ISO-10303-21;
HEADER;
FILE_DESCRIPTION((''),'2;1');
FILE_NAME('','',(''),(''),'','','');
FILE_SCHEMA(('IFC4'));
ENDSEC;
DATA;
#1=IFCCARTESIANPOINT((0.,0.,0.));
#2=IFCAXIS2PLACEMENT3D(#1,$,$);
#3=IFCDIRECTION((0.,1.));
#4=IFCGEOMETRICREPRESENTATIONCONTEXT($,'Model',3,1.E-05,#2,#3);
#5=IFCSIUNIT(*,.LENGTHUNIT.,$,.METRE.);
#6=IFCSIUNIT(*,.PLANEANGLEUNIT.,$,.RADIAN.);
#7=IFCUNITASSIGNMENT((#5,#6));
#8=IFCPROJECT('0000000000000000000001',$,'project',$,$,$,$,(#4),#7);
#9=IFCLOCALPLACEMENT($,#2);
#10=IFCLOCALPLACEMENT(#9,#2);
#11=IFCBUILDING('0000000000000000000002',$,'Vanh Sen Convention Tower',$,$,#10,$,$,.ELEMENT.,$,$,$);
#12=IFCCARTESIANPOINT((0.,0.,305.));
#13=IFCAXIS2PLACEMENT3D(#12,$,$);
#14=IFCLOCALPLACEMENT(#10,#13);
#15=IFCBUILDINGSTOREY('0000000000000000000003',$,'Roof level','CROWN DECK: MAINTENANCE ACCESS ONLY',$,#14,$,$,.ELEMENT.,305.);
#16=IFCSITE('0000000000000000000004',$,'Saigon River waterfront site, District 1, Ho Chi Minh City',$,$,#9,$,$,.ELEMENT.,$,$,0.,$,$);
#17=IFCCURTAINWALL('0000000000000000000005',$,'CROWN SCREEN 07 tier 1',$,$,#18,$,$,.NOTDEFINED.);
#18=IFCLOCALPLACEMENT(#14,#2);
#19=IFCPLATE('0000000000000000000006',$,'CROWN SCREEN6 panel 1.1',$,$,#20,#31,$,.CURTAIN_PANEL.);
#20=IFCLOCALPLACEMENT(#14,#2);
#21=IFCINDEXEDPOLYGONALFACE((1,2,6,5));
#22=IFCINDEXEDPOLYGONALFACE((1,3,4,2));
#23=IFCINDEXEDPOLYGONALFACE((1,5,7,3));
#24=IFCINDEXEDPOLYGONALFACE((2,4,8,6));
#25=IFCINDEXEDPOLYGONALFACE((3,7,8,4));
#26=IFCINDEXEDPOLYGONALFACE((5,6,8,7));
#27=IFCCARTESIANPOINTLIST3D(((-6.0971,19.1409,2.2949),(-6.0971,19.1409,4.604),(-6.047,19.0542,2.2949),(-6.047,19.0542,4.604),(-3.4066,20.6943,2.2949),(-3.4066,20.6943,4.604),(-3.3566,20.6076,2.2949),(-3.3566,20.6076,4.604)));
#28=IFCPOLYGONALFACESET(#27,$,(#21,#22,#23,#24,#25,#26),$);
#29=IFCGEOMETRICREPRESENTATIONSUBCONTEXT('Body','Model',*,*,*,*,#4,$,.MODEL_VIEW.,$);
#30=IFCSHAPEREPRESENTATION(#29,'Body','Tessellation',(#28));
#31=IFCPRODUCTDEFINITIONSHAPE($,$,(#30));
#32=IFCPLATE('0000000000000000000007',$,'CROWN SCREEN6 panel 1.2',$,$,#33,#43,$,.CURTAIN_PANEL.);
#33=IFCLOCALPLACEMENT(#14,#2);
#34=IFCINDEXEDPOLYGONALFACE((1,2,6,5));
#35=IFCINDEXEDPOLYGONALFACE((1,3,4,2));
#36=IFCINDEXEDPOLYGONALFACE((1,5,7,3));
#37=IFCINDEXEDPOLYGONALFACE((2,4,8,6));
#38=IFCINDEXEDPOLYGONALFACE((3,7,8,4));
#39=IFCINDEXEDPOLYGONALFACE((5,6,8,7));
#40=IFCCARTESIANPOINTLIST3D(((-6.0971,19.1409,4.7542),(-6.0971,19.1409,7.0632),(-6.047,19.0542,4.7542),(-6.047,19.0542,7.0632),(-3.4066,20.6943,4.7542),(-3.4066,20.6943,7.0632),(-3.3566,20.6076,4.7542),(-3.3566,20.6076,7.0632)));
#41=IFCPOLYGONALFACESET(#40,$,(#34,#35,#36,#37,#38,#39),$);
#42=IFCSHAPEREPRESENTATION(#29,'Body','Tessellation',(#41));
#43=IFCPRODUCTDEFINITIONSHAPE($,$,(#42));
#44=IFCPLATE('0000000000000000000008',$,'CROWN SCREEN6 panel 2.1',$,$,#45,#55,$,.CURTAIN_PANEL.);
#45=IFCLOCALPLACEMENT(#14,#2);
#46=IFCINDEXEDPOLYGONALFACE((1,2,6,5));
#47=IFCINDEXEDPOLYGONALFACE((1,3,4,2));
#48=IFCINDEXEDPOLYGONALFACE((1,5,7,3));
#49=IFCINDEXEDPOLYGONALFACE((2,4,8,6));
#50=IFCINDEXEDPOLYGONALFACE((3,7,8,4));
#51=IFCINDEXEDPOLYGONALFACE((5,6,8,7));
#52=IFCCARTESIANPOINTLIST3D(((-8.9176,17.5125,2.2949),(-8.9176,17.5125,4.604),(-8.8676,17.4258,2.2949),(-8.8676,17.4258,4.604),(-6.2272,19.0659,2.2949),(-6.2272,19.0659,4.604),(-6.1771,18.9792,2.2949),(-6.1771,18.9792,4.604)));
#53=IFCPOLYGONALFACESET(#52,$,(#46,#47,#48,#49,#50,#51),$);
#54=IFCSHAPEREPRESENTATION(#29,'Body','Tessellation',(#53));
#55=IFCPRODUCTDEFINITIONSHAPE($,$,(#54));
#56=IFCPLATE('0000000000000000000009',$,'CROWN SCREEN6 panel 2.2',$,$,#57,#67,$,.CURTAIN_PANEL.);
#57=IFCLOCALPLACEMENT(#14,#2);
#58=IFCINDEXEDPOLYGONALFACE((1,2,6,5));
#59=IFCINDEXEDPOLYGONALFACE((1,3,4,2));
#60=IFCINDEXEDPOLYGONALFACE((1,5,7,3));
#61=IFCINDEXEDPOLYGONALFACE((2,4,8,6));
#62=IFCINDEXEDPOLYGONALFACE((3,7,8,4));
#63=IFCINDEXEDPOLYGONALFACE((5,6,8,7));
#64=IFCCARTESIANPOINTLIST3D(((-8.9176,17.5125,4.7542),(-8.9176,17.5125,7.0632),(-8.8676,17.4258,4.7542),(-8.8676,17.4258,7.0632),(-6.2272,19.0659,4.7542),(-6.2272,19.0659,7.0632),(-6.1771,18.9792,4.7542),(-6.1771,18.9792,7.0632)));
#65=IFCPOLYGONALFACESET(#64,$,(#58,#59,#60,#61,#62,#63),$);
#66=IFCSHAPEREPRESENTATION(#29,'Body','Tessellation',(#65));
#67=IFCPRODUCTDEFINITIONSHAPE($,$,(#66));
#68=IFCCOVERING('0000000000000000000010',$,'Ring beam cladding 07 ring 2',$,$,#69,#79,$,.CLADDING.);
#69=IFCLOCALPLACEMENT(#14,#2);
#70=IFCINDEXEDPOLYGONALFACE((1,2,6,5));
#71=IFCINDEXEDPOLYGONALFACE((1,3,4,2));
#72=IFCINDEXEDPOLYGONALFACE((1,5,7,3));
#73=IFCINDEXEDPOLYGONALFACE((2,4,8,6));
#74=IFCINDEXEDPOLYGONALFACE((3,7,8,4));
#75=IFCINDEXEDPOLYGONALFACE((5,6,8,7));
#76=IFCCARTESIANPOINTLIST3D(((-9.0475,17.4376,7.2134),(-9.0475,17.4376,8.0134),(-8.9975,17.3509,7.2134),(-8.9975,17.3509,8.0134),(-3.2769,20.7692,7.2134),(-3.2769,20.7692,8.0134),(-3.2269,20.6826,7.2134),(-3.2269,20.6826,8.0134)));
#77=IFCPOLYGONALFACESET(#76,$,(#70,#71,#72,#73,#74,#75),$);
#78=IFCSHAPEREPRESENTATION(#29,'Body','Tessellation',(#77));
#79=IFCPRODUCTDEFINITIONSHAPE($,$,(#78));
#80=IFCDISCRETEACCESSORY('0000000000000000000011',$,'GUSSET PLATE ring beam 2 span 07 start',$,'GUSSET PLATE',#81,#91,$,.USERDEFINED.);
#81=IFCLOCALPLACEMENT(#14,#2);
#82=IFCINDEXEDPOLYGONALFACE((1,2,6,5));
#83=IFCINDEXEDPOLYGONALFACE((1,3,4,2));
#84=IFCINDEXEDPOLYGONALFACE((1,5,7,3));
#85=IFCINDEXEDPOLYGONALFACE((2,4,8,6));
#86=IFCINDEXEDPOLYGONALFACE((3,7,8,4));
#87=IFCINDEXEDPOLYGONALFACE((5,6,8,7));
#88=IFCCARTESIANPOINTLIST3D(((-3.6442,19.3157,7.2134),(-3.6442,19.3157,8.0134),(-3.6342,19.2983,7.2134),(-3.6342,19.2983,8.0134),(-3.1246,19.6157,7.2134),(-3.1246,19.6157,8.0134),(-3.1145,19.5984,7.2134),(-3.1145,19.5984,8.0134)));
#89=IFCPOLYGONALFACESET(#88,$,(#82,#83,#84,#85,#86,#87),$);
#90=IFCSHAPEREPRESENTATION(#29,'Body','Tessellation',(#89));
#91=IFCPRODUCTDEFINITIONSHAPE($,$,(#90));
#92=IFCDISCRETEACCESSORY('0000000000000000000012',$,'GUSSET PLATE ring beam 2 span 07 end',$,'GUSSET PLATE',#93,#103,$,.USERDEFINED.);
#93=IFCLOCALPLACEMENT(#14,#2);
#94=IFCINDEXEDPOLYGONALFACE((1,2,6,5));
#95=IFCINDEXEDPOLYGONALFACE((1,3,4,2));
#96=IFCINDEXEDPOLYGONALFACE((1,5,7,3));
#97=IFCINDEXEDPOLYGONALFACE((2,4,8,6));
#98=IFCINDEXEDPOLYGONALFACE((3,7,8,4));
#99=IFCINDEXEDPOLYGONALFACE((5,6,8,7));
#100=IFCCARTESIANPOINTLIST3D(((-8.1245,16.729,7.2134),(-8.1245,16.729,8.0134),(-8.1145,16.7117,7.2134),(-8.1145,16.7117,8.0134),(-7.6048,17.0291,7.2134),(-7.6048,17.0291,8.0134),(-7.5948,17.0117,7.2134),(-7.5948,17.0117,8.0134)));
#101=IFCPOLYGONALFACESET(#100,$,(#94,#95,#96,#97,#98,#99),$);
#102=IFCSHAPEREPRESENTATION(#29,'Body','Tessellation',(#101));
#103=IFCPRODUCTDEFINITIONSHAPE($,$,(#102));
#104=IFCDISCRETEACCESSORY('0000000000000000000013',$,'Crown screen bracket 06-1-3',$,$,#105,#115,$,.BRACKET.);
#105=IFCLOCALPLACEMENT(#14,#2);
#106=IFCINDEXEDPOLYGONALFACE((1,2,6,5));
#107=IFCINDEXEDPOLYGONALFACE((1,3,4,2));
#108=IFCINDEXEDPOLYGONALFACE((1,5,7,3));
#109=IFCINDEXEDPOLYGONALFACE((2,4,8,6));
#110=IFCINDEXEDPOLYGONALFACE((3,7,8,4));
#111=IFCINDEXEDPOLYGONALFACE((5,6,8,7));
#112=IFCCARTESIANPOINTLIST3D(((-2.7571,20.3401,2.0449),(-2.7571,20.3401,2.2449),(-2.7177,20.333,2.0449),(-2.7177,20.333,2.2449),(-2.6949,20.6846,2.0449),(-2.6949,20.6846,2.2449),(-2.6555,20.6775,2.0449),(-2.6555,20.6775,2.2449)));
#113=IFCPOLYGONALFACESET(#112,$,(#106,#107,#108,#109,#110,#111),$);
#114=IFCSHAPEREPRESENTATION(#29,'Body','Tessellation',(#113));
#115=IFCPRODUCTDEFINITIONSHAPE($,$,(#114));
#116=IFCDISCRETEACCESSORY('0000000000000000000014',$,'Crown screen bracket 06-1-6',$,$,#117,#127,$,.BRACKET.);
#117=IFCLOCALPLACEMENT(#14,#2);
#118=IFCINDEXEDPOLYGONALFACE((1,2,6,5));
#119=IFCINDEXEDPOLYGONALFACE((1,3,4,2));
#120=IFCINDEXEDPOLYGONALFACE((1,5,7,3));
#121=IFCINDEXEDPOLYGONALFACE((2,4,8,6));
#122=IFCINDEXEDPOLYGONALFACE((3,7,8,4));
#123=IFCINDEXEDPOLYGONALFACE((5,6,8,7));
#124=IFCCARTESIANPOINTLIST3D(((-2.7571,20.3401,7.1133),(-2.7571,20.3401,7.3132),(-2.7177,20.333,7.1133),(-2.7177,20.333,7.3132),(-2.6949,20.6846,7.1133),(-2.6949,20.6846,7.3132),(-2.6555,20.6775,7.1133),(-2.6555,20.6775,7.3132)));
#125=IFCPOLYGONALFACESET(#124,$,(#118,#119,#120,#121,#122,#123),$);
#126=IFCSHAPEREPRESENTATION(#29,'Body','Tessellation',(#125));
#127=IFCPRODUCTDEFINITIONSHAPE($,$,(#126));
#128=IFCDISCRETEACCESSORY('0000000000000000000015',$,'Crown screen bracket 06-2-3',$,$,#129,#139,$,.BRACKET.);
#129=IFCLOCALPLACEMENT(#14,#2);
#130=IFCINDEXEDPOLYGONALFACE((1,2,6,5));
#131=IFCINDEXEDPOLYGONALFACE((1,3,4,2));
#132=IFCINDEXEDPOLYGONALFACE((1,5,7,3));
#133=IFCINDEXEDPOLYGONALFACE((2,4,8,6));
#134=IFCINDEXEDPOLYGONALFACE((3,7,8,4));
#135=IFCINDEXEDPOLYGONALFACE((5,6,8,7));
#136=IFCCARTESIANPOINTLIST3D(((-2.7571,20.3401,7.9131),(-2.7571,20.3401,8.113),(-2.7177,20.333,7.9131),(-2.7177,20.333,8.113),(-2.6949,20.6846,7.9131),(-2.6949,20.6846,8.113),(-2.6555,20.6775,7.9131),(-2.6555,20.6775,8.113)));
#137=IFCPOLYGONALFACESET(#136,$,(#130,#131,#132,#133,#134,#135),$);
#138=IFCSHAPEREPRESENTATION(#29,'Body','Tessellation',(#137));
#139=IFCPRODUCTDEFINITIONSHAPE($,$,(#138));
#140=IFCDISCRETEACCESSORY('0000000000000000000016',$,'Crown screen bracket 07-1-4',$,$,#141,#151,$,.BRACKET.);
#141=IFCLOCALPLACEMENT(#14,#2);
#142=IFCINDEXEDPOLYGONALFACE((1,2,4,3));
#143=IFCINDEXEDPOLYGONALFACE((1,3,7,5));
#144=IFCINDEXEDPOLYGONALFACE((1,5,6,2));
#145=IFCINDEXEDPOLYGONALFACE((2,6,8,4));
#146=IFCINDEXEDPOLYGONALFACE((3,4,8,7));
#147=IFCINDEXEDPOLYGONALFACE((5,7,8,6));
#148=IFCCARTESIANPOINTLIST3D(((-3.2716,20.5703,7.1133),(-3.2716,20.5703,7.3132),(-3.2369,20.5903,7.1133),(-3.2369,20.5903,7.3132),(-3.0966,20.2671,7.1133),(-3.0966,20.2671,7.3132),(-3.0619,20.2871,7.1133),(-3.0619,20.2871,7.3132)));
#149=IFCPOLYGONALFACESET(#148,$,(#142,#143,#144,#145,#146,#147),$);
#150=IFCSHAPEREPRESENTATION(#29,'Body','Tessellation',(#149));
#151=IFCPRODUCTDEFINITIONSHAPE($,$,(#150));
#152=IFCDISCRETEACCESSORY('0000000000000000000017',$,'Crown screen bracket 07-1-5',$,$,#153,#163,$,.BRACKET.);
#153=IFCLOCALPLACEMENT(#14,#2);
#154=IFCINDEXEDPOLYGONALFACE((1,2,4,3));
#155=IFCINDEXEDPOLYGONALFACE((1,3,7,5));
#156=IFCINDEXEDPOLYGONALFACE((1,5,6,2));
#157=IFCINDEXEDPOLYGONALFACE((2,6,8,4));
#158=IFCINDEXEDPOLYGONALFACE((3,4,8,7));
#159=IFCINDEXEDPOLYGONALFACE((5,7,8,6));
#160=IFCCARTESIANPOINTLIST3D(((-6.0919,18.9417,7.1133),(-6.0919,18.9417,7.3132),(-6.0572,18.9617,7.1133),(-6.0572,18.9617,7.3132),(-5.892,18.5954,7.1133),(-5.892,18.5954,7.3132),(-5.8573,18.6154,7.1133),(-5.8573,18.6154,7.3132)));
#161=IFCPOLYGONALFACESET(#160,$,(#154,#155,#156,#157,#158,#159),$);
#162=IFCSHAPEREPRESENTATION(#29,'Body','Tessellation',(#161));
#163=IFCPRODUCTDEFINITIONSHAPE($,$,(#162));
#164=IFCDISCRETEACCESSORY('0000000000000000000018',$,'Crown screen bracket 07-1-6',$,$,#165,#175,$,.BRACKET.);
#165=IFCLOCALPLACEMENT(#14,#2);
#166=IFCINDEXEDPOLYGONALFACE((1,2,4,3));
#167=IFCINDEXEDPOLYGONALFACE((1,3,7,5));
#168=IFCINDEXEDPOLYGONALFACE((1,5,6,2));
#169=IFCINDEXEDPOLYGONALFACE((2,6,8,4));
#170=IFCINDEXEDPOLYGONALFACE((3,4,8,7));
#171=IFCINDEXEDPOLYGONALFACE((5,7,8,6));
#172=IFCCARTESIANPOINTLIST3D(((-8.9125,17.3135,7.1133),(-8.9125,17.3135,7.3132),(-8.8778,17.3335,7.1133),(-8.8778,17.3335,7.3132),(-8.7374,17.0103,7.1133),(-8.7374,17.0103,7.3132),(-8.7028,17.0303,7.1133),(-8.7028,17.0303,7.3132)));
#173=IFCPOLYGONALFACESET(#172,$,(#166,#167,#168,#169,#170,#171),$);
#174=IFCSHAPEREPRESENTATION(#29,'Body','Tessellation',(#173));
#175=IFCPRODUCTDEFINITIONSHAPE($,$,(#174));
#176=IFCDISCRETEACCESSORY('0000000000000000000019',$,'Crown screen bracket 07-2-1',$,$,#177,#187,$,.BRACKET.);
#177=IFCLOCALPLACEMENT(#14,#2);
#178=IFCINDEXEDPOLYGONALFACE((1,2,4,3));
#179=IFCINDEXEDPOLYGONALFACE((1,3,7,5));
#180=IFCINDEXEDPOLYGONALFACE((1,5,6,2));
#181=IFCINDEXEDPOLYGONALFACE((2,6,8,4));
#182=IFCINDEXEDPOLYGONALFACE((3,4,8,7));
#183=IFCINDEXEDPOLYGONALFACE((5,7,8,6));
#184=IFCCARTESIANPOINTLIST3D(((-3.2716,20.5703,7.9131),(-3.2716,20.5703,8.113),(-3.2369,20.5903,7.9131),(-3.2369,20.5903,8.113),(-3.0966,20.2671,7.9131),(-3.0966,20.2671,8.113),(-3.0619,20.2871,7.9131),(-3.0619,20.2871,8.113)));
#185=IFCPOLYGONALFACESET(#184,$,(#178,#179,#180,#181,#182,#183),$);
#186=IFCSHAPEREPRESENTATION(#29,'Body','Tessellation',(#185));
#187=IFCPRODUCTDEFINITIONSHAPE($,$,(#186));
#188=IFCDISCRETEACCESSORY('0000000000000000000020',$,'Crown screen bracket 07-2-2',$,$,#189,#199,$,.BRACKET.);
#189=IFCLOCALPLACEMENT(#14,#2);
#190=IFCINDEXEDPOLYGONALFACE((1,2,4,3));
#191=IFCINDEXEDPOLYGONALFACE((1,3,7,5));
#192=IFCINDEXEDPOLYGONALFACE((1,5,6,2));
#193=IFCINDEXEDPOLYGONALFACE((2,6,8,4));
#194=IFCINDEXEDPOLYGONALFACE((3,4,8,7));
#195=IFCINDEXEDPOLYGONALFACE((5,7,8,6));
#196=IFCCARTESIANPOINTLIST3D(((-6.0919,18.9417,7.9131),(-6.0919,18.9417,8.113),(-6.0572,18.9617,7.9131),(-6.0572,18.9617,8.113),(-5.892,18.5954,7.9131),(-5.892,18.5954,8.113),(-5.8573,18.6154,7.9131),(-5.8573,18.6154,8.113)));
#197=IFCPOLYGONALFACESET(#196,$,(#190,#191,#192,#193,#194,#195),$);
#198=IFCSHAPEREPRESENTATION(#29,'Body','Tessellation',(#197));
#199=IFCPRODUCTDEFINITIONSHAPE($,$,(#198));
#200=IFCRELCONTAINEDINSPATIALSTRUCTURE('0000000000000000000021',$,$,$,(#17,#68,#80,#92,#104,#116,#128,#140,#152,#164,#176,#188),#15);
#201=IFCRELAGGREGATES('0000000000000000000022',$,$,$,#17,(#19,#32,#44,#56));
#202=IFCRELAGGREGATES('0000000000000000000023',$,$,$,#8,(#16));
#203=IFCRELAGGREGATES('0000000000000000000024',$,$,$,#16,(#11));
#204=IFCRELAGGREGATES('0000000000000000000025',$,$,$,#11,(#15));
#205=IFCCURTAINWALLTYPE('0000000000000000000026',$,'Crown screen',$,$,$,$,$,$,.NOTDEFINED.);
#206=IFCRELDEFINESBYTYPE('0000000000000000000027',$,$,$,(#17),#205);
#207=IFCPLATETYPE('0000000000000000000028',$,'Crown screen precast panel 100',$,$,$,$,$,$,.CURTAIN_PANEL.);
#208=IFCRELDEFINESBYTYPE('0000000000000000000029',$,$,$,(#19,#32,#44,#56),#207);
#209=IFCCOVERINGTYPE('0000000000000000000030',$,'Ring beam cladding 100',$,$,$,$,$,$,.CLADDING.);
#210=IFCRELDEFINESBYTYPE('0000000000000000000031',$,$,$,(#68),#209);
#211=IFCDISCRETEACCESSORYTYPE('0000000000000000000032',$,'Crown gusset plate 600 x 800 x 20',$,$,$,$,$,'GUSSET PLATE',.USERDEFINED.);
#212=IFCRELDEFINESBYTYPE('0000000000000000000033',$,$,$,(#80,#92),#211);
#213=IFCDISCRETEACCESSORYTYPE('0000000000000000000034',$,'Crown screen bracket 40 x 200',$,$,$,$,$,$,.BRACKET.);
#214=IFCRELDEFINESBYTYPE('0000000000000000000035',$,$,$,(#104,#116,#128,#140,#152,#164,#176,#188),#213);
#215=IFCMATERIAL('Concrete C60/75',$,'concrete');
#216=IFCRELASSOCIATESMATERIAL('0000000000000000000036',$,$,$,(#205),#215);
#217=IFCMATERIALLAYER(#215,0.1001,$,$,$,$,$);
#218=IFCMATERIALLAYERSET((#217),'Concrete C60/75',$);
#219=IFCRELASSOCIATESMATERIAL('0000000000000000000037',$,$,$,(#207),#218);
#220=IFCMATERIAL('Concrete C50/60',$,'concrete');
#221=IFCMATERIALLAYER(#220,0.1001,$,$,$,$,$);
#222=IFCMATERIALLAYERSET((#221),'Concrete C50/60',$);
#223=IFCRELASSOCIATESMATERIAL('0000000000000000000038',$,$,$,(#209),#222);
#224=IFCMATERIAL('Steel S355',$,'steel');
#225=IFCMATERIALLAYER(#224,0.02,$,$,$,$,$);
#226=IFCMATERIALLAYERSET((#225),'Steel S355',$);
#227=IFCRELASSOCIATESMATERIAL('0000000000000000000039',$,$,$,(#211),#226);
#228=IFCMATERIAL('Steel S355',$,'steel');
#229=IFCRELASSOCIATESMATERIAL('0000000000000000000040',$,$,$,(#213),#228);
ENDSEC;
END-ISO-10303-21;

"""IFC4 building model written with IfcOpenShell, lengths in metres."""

from ifc_helpers import new_model, si_unit, direction, frame, origin, origin_2d, place, context, subcontext, project, spatial, rectangle, extrude, material, layer, layer_set, type_object, element, aggregate, save


model = new_model("IFC4")

# Units and contexts
model_context = context("Model", 3, precision=1e-05, world=origin(), true_north=direction((0.0, 1.0)))
body_context = subcontext(model_context, "Body", "Model", "MODEL_VIEW")
ifc_project = project(units=[si_unit("LENGTHUNIT", "METRE"), si_unit("PLANEANGLEUNIT", "RADIAN")], contexts=[model_context])

# Site, building, storey
site_placement = place(None, origin())
site = spatial("IfcSite", under=ifc_project, at=site_placement, Name="Saigon River waterfront site, District 1, Ho Chi Minh City", CompositionType="ELEMENT", RefElevation=0.0)
building_placement = place(site_placement, origin())
building = spatial("IfcBuilding", under=site, at=building_placement, Name="Vanh Sen Convention Tower", CompositionType="ELEMENT")
storey_placement = place(building_placement, frame((0.0, 0.0, 305.0)))
storey = spatial("IfcBuildingStorey", under=building, at=storey_placement, Name="Roof level", Description="CROWN DECK: MAINTENANCE ACCESS ONLY", CompositionType="ELEMENT", Elevation=305.0)

# Shared definitions
ifc_material_1 = material(Name="Concrete C60/75", Category="concrete")
curtain_wall_type = type_object("IfcCurtainWallType", Name="Crown screen", PredefinedType="NOTDEFINED", material=ifc_material_1)

# Curtain wall, plates
curtain_wall_1_placement = place(storey_placement, origin())
curtain_wall_1 = element("IfcCurtainWall", 1, at=curtain_wall_1_placement, inside=storey, type_object=curtain_wall_type, Name="CROWN SCREEN 07 tier 1", PredefinedType="NOTDEFINED")
ifc_layer_1 = layer(ifc_material_1, 0.1001)
ifc_layer_set_1 = layer_set([ifc_layer_1], Name="Concrete C60/75")
plate_type = type_object("IfcPlateType", Name="Crown screen precast panel 100", PredefinedType="CURTAIN_PANEL", material=ifc_layer_set_1)
plate_1_placement = place(storey_placement, frame((-4.7268, 19.8743, 2.2949), z_axis=(0.0, 0.0, 1.0), x_axis=(-0.866023, -0.500005, 0.0)))
plate_1 = element("IfcPlate", 2, at=plate_1_placement, type_object=plate_type, Name="CROWN SCREEN6 panel 1.1", PredefinedType="CURTAIN_PANEL", context=body_context, shape_type="SweptSolid", body=[
    extrude(rectangle(XDim=3.1067, YDim=0.1001, at=origin_2d()), origin(), (0.0, 0.0, 1.0), 2.3091),
])
plate_2_placement = place(storey_placement, frame((-4.7268, 19.8743, 4.7542), z_axis=(0.0, 0.0, 1.0), x_axis=(-0.866023, -0.500005, 0.0)))
plate_2 = element("IfcPlate", 3, at=plate_2_placement, type_object=plate_type, Name="CROWN SCREEN6 panel 1.2", PredefinedType="CURTAIN_PANEL", context=body_context, shape_type="SweptSolid", body=[
    extrude(rectangle(XDim=3.1067, YDim=0.1001, at=origin_2d()), origin(), (0.0, 0.0, 1.0), 2.3091),
])
plate_3_placement = place(storey_placement, frame((-7.5474, 18.2458, 2.2949), z_axis=(0.0, 0.0, 1.0), x_axis=(-0.866023, -0.500005, 0.0)))
plate_3 = element("IfcPlate", 4, at=plate_3_placement, type_object=plate_type, Name="CROWN SCREEN6 panel 2.1", PredefinedType="CURTAIN_PANEL", context=body_context, shape_type="SweptSolid", body=[
    extrude(rectangle(XDim=3.1067, YDim=0.1001, at=origin_2d()), origin(), (0.0, 0.0, 1.0), 2.3091),
])
plate_4_placement = place(storey_placement, frame((-7.5474, 18.2458, 4.7542), z_axis=(0.0, 0.0, 1.0), x_axis=(-0.866023, -0.500005, 0.0)))
plate_4 = element("IfcPlate", 5, at=plate_4_placement, type_object=plate_type, Name="CROWN SCREEN6 panel 2.2", PredefinedType="CURTAIN_PANEL", context=body_context, shape_type="SweptSolid", body=[
    extrude(rectangle(XDim=3.1067, YDim=0.1001, at=origin_2d()), origin(), (0.0, 0.0, 1.0), 2.3091),
])
aggregate(curtain_wall_1, [plate_1, plate_2, plate_3, plate_4])

# Covering
ifc_material_2 = material(Name="Concrete C50/60", Category="concrete")
ifc_layer_2 = layer(ifc_material_2, 0.1001)
ifc_layer_set_2 = layer_set([ifc_layer_2], Name="Concrete C50/60")
covering_type = type_object("IfcCoveringType", Name="Ring beam cladding 100", PredefinedType="CLADDING", material=ifc_layer_set_2)
covering_placement = place(storey_placement, frame((-6.1372, 19.0601, 7.2134), z_axis=(0.0, 0.0, 1.0), x_axis=(-0.866023, -0.500005, 0.0)))
element("IfcCovering", 6, at=covering_placement, inside=storey, type_object=covering_type, Name="Ring beam cladding 07 ring 2", PredefinedType="CLADDING", context=body_context, shape_type="SweptSolid", body=[
    extrude(rectangle(XDim=6.6633, YDim=0.1001, at=origin_2d()), origin(), (0.0, 0.0, 1.0), 0.8),
])

# Discrete accessories
ifc_material_3 = material(Name="Steel S355", Category="steel")
ifc_layer_3 = layer(ifc_material_3, 0.02)
ifc_layer_set_3 = layer_set([ifc_layer_3], Name="Steel S355")
discrete_accessory_type_1 = type_object("IfcDiscreteAccessoryType", Name="Crown gusset plate 600 x 800 x 20", ElementType="GUSSET PLATE", PredefinedType="USERDEFINED", material=ifc_layer_set_3)
for number, where, z_axis, x_axis, name in (
    (7, (-3.3794, 19.457, 7.2134), (0.0, 0.0, 1.0), (-0.866023, -0.500005, 0.0), "GUSSET PLATE ring beam 2 span 07 start"),
    (8, (-7.8596, 16.8704, 7.2134), (0.0, 0.0, 1.0), (0.866023, 0.500005, 0.0), "GUSSET PLATE ring beam 2 span 07 end"),
):
    element("IfcDiscreteAccessory", number, at=place(storey_placement, frame(where, z_axis=z_axis, x_axis=x_axis)), inside=storey, type_object=discrete_accessory_type_1, Name=name, ObjectType="GUSSET PLATE", PredefinedType="USERDEFINED", context=body_context, shape_type="SweptSolid", body=[
        extrude(rectangle(XDim=0.6001, YDim=0.02, at=origin_2d()), origin(), (0.0, 0.0, 1.0), 0.8),
    ])
ifc_material_4 = material(Name="Steel S355", Category="steel")
discrete_accessory_type_2 = type_object("IfcDiscreteAccessoryType", Name="Crown screen bracket 40 x 200", PredefinedType="BRACKET", material=ifc_material_4)
for number, where, z_axis, x_axis, name in (
    (9, (-2.7063, 20.5088, 2.0449), (0.0, 0.0, 1.0), (0.177495, 0.984122, 0.0), "Crown screen bracket 06-1-3"),
    (10, (-2.7063, 20.5088, 7.1133), (0.0, 0.0, 1.0), (0.177495, 0.984122, 0.0), "Crown screen bracket 06-1-6"),
    (11, (-2.7063, 20.5088, 7.9131), (0.0, 0.0, 1.0), (0.177495, 0.984122, 0.0), "Crown screen bracket 06-2-3"),
    (12, (-3.1667, 20.4287, 7.1133), (0.0, 0.0, 1.0), (-0.500005, 0.866023, 0.0), "Crown screen bracket 07-1-4"),
):
    element("IfcDiscreteAccessory", number, at=place(storey_placement, frame(where, z_axis=z_axis, x_axis=x_axis)), inside=storey, type_object=discrete_accessory_type_2, Name=name, PredefinedType="BRACKET", context=body_context, shape_type="SweptSolid", body=[
        extrude(rectangle(XDim=0.3501, YDim=0.04, at=origin_2d()), origin(), (0.0, 0.0, 1.0), 0.2),
    ])
discrete_accessory_1_placement = place(storey_placement, frame((-5.9746, 18.7786, 7.1133), z_axis=(0.0, 0.0, 1.0), x_axis=(-0.500005, 0.866023, 0.0)))
element("IfcDiscreteAccessory", 13, at=discrete_accessory_1_placement, inside=storey, type_object=discrete_accessory_type_2, Name="Crown screen bracket 07-1-5", PredefinedType="BRACKET", context=body_context, shape_type="SweptSolid", body=[
    extrude(rectangle(XDim=0.3999, YDim=0.04, at=origin_2d()), origin(), (0.0, 0.0, 1.0), 0.2),
])
for number, where, z_axis, x_axis, name in (
    (14, (-8.8076, 17.1719, 7.1133), (0.0, 0.0, 1.0), (-0.500005, 0.866023, 0.0), "Crown screen bracket 07-1-6"),
    (15, (-3.1667, 20.4287, 7.9131), (0.0, 0.0, 1.0), (-0.500005, 0.866023, 0.0), "Crown screen bracket 07-2-1"),
):
    element("IfcDiscreteAccessory", number, at=place(storey_placement, frame(where, z_axis=z_axis, x_axis=x_axis)), inside=storey, type_object=discrete_accessory_type_2, Name=name, PredefinedType="BRACKET", context=body_context, shape_type="SweptSolid", body=[
        extrude(rectangle(XDim=0.3501, YDim=0.04, at=origin_2d()), origin(), (0.0, 0.0, 1.0), 0.2),
    ])
discrete_accessory_2_placement = place(storey_placement, frame((-5.9746, 18.7786, 7.9131), z_axis=(0.0, 0.0, 1.0), x_axis=(-0.500005, 0.866023, 0.0)))
element("IfcDiscreteAccessory", 16, at=discrete_accessory_2_placement, inside=storey, type_object=discrete_accessory_type_2, Name="Crown screen bracket 07-2-2", PredefinedType="BRACKET", context=body_context, shape_type="SweptSolid", body=[
    extrude(rectangle(XDim=0.3999, YDim=0.04, at=origin_2d()), origin(), (0.0, 0.0, 1.0), 0.2),
])

save(model, "model.ifc")
